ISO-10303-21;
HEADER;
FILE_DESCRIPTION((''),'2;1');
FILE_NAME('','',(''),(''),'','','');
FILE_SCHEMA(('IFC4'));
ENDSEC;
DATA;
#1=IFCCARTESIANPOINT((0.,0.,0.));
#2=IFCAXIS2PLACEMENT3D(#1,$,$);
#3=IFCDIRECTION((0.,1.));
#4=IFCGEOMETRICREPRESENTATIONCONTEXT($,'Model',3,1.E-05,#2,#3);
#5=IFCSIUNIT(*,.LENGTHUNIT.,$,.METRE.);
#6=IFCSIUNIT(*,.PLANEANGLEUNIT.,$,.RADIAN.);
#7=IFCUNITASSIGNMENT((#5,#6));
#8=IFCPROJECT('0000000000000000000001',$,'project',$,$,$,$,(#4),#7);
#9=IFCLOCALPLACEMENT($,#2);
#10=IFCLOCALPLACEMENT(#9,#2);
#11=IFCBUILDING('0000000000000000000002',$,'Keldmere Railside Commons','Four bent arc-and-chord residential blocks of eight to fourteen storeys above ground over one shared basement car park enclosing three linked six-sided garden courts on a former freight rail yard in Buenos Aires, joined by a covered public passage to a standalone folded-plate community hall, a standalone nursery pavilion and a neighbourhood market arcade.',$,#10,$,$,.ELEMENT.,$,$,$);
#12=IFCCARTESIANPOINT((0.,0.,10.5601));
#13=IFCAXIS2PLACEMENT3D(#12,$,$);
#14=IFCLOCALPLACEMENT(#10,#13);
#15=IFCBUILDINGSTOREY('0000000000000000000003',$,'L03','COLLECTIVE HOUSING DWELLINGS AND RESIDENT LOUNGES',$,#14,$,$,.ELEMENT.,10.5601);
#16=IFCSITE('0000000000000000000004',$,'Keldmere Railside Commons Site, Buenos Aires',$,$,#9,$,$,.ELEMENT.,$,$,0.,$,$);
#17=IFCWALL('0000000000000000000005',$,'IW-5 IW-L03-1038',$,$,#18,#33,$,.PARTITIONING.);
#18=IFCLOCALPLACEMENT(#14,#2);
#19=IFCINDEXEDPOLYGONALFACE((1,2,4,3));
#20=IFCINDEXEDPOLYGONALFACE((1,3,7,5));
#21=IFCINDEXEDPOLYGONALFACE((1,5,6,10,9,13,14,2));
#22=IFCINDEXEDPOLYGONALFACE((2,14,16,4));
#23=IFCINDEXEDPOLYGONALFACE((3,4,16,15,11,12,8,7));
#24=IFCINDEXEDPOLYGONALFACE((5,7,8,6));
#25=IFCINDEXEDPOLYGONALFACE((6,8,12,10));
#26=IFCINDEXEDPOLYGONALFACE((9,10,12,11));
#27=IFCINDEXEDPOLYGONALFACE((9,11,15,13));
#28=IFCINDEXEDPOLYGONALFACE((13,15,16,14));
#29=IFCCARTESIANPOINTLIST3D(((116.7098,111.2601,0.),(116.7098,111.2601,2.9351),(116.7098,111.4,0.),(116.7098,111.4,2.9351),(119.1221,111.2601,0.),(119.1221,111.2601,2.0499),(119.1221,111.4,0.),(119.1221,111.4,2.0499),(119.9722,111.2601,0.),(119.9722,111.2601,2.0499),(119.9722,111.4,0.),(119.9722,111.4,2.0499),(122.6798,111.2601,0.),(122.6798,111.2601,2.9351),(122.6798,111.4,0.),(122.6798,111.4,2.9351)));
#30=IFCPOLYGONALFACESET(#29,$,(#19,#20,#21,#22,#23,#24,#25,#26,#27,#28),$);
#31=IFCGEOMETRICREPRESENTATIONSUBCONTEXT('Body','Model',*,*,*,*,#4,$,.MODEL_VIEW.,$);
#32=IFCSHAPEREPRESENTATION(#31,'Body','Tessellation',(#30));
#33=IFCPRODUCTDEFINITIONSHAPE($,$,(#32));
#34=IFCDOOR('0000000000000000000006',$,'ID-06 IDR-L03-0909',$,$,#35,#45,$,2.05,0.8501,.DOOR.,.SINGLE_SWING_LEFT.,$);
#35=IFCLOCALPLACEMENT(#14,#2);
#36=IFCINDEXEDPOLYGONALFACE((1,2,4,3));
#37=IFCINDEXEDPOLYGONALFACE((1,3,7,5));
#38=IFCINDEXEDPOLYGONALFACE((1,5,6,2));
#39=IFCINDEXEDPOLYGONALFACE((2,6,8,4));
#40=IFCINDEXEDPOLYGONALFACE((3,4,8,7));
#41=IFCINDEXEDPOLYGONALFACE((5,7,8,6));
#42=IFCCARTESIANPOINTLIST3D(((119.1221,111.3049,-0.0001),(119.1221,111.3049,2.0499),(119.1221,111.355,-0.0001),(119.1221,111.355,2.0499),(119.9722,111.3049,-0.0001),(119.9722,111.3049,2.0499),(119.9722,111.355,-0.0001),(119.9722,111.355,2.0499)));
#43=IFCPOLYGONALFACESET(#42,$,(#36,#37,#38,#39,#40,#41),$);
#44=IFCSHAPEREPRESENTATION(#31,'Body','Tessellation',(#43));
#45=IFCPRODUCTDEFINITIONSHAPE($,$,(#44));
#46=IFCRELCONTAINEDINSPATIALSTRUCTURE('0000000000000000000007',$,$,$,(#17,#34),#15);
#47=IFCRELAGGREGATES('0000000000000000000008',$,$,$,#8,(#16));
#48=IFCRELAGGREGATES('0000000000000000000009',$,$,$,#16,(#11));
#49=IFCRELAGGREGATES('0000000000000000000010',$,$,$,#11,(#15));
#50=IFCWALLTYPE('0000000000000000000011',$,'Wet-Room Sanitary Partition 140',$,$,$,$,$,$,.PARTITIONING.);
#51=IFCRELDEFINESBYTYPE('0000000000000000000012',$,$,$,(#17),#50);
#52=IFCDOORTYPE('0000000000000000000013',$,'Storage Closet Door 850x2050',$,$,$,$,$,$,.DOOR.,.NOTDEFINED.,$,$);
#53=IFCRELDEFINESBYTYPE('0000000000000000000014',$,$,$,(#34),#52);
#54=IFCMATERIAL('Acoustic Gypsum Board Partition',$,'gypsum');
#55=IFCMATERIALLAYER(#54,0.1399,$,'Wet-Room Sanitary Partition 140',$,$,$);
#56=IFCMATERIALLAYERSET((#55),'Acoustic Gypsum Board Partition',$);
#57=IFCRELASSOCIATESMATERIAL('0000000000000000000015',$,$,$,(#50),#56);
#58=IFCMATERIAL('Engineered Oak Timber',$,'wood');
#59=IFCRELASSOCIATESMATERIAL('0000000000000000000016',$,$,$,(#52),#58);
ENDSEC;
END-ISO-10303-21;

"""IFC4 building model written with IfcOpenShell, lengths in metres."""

from ifc_helpers import new_model, si_unit, direction, frame, frame_2d, origin, place, context, subcontext, project, spatial, rectangle, extrude, material, layer, layer_set, type_object, element, fill, save


model = new_model("IFC4")

# Units and contexts
model_context = context("Model", 3, precision=1e-05, world=origin(), true_north=direction((0.0, 1.0)))
body_context = subcontext(model_context, "Body", "Model", "MODEL_VIEW")
ifc_project = project(units=[si_unit("LENGTHUNIT", "METRE"), si_unit("PLANEANGLEUNIT", "RADIAN")], contexts=[model_context])

# Site, building, storey
site_placement = place(None, origin())
site = spatial("IfcSite", under=ifc_project, at=site_placement, Name="Keldmere Railside Commons Site, Buenos Aires", CompositionType="ELEMENT", RefElevation=0.0)
building_placement = place(site_placement, origin())
building = spatial("IfcBuilding", under=site, at=building_placement, Name="Keldmere Railside Commons", Description="Four bent arc-and-chord residential blocks of eight to fourteen storeys above ground over one shared basement car park enclosing three linked six-sided garden courts on a former freight rail yard in Buenos Aires, joined by a covered public passage to a standalone folded-plate community hall, a standalone nursery pavilion and a neighbourhood market arcade.", CompositionType="ELEMENT")
storey_placement = place(building_placement, frame((0.0, 0.0, 10.5601)))
storey = spatial("IfcBuildingStorey", under=building, at=storey_placement, Name="L03", Description="COLLECTIVE HOUSING DWELLINGS AND RESIDENT LOUNGES", CompositionType="ELEMENT", Elevation=10.5601)

# Shared definitions
ifc_material_1 = material(Name="Acoustic Gypsum Board Partition", Category="gypsum")
ifc_material_2 = material(Name="Engineered Oak Timber", Category="wood")

# Wall, opening, door
ifc_layer_1 = layer(ifc_material_1, 0.1399, Name="Wet-Room Sanitary Partition 140")
ifc_layer_set_1 = layer_set([ifc_layer_1], Name="Acoustic Gypsum Board Partition")
wall_type_1 = type_object("IfcWallType", Name="Wet-Room Sanitary Partition 140", PredefinedType="PARTITIONING", material=ifc_layer_set_1)
wall_1_placement = place(storey_placement, frame((116.71, 111.3301, 0.0), z_axis=(0.0, 0.0, 1.0), x_axis=(1.0, 0.0, 0.0)))
wall_1 = element("IfcWall", 1, at=wall_1_placement, inside=storey, type_object=wall_type_1, Name="IW-5 IW-L03-1038", PredefinedType="PARTITIONING", context=body_context, shape_type="SweptSolid", body=[
    extrude(rectangle(XDim=5.97, YDim=0.1399, at=frame_2d((2.9849, 0.0))), origin(), (0.0, 0.0, 1.0), 2.9351),
])
opening_1_placement = place(wall_1_placement, frame((2.4121, 0.0, 0.0)))
opening_1 = element("IfcOpeningElement", 2, at=opening_1_placement, cuts=wall_1, PredefinedType="OPENING", context=body_context, shape_type="SweptSolid", body=[
    extrude(rectangle(XDim=0.8501, YDim=2.05, at=frame_2d((0.425, 1.0249))), frame((0.0, 0.0798, 0.0), z_axis=(0.0, -1.0, 0.0), x_axis=(1.0, 0.0, 0.0)), (0.0, 0.0, 1.0), 0.1599),
])
door_type_1 = type_object("IfcDoorType", Name="Storage Closet Door 850x2050", OperationType="NOTDEFINED", PredefinedType="DOOR", material=ifc_material_2)
door_1_placement = place(opening_1_placement, origin())
door_1 = element("IfcDoor", 3, at=door_1_placement, inside=storey, type_object=door_type_1, Name="ID-06 IDR-L03-0909", OperationType="SINGLE_SWING_LEFT", OverallHeight=2.05, OverallWidth=0.8501, PredefinedType="DOOR", context=body_context, shape_type="SweptSolid", body=[
    extrude(rectangle(XDim=0.8501, YDim=2.05, at=frame_2d((0.425, 1.0249))), frame((0.0, 0.0249, 0.0), z_axis=(0.0, -1.0, 0.0), x_axis=(1.0, 0.0, 0.0)), (0.0, 0.0, 1.0), 0.05),
])
fill(opening_1, door_1)

save(model, "model.ifc")
